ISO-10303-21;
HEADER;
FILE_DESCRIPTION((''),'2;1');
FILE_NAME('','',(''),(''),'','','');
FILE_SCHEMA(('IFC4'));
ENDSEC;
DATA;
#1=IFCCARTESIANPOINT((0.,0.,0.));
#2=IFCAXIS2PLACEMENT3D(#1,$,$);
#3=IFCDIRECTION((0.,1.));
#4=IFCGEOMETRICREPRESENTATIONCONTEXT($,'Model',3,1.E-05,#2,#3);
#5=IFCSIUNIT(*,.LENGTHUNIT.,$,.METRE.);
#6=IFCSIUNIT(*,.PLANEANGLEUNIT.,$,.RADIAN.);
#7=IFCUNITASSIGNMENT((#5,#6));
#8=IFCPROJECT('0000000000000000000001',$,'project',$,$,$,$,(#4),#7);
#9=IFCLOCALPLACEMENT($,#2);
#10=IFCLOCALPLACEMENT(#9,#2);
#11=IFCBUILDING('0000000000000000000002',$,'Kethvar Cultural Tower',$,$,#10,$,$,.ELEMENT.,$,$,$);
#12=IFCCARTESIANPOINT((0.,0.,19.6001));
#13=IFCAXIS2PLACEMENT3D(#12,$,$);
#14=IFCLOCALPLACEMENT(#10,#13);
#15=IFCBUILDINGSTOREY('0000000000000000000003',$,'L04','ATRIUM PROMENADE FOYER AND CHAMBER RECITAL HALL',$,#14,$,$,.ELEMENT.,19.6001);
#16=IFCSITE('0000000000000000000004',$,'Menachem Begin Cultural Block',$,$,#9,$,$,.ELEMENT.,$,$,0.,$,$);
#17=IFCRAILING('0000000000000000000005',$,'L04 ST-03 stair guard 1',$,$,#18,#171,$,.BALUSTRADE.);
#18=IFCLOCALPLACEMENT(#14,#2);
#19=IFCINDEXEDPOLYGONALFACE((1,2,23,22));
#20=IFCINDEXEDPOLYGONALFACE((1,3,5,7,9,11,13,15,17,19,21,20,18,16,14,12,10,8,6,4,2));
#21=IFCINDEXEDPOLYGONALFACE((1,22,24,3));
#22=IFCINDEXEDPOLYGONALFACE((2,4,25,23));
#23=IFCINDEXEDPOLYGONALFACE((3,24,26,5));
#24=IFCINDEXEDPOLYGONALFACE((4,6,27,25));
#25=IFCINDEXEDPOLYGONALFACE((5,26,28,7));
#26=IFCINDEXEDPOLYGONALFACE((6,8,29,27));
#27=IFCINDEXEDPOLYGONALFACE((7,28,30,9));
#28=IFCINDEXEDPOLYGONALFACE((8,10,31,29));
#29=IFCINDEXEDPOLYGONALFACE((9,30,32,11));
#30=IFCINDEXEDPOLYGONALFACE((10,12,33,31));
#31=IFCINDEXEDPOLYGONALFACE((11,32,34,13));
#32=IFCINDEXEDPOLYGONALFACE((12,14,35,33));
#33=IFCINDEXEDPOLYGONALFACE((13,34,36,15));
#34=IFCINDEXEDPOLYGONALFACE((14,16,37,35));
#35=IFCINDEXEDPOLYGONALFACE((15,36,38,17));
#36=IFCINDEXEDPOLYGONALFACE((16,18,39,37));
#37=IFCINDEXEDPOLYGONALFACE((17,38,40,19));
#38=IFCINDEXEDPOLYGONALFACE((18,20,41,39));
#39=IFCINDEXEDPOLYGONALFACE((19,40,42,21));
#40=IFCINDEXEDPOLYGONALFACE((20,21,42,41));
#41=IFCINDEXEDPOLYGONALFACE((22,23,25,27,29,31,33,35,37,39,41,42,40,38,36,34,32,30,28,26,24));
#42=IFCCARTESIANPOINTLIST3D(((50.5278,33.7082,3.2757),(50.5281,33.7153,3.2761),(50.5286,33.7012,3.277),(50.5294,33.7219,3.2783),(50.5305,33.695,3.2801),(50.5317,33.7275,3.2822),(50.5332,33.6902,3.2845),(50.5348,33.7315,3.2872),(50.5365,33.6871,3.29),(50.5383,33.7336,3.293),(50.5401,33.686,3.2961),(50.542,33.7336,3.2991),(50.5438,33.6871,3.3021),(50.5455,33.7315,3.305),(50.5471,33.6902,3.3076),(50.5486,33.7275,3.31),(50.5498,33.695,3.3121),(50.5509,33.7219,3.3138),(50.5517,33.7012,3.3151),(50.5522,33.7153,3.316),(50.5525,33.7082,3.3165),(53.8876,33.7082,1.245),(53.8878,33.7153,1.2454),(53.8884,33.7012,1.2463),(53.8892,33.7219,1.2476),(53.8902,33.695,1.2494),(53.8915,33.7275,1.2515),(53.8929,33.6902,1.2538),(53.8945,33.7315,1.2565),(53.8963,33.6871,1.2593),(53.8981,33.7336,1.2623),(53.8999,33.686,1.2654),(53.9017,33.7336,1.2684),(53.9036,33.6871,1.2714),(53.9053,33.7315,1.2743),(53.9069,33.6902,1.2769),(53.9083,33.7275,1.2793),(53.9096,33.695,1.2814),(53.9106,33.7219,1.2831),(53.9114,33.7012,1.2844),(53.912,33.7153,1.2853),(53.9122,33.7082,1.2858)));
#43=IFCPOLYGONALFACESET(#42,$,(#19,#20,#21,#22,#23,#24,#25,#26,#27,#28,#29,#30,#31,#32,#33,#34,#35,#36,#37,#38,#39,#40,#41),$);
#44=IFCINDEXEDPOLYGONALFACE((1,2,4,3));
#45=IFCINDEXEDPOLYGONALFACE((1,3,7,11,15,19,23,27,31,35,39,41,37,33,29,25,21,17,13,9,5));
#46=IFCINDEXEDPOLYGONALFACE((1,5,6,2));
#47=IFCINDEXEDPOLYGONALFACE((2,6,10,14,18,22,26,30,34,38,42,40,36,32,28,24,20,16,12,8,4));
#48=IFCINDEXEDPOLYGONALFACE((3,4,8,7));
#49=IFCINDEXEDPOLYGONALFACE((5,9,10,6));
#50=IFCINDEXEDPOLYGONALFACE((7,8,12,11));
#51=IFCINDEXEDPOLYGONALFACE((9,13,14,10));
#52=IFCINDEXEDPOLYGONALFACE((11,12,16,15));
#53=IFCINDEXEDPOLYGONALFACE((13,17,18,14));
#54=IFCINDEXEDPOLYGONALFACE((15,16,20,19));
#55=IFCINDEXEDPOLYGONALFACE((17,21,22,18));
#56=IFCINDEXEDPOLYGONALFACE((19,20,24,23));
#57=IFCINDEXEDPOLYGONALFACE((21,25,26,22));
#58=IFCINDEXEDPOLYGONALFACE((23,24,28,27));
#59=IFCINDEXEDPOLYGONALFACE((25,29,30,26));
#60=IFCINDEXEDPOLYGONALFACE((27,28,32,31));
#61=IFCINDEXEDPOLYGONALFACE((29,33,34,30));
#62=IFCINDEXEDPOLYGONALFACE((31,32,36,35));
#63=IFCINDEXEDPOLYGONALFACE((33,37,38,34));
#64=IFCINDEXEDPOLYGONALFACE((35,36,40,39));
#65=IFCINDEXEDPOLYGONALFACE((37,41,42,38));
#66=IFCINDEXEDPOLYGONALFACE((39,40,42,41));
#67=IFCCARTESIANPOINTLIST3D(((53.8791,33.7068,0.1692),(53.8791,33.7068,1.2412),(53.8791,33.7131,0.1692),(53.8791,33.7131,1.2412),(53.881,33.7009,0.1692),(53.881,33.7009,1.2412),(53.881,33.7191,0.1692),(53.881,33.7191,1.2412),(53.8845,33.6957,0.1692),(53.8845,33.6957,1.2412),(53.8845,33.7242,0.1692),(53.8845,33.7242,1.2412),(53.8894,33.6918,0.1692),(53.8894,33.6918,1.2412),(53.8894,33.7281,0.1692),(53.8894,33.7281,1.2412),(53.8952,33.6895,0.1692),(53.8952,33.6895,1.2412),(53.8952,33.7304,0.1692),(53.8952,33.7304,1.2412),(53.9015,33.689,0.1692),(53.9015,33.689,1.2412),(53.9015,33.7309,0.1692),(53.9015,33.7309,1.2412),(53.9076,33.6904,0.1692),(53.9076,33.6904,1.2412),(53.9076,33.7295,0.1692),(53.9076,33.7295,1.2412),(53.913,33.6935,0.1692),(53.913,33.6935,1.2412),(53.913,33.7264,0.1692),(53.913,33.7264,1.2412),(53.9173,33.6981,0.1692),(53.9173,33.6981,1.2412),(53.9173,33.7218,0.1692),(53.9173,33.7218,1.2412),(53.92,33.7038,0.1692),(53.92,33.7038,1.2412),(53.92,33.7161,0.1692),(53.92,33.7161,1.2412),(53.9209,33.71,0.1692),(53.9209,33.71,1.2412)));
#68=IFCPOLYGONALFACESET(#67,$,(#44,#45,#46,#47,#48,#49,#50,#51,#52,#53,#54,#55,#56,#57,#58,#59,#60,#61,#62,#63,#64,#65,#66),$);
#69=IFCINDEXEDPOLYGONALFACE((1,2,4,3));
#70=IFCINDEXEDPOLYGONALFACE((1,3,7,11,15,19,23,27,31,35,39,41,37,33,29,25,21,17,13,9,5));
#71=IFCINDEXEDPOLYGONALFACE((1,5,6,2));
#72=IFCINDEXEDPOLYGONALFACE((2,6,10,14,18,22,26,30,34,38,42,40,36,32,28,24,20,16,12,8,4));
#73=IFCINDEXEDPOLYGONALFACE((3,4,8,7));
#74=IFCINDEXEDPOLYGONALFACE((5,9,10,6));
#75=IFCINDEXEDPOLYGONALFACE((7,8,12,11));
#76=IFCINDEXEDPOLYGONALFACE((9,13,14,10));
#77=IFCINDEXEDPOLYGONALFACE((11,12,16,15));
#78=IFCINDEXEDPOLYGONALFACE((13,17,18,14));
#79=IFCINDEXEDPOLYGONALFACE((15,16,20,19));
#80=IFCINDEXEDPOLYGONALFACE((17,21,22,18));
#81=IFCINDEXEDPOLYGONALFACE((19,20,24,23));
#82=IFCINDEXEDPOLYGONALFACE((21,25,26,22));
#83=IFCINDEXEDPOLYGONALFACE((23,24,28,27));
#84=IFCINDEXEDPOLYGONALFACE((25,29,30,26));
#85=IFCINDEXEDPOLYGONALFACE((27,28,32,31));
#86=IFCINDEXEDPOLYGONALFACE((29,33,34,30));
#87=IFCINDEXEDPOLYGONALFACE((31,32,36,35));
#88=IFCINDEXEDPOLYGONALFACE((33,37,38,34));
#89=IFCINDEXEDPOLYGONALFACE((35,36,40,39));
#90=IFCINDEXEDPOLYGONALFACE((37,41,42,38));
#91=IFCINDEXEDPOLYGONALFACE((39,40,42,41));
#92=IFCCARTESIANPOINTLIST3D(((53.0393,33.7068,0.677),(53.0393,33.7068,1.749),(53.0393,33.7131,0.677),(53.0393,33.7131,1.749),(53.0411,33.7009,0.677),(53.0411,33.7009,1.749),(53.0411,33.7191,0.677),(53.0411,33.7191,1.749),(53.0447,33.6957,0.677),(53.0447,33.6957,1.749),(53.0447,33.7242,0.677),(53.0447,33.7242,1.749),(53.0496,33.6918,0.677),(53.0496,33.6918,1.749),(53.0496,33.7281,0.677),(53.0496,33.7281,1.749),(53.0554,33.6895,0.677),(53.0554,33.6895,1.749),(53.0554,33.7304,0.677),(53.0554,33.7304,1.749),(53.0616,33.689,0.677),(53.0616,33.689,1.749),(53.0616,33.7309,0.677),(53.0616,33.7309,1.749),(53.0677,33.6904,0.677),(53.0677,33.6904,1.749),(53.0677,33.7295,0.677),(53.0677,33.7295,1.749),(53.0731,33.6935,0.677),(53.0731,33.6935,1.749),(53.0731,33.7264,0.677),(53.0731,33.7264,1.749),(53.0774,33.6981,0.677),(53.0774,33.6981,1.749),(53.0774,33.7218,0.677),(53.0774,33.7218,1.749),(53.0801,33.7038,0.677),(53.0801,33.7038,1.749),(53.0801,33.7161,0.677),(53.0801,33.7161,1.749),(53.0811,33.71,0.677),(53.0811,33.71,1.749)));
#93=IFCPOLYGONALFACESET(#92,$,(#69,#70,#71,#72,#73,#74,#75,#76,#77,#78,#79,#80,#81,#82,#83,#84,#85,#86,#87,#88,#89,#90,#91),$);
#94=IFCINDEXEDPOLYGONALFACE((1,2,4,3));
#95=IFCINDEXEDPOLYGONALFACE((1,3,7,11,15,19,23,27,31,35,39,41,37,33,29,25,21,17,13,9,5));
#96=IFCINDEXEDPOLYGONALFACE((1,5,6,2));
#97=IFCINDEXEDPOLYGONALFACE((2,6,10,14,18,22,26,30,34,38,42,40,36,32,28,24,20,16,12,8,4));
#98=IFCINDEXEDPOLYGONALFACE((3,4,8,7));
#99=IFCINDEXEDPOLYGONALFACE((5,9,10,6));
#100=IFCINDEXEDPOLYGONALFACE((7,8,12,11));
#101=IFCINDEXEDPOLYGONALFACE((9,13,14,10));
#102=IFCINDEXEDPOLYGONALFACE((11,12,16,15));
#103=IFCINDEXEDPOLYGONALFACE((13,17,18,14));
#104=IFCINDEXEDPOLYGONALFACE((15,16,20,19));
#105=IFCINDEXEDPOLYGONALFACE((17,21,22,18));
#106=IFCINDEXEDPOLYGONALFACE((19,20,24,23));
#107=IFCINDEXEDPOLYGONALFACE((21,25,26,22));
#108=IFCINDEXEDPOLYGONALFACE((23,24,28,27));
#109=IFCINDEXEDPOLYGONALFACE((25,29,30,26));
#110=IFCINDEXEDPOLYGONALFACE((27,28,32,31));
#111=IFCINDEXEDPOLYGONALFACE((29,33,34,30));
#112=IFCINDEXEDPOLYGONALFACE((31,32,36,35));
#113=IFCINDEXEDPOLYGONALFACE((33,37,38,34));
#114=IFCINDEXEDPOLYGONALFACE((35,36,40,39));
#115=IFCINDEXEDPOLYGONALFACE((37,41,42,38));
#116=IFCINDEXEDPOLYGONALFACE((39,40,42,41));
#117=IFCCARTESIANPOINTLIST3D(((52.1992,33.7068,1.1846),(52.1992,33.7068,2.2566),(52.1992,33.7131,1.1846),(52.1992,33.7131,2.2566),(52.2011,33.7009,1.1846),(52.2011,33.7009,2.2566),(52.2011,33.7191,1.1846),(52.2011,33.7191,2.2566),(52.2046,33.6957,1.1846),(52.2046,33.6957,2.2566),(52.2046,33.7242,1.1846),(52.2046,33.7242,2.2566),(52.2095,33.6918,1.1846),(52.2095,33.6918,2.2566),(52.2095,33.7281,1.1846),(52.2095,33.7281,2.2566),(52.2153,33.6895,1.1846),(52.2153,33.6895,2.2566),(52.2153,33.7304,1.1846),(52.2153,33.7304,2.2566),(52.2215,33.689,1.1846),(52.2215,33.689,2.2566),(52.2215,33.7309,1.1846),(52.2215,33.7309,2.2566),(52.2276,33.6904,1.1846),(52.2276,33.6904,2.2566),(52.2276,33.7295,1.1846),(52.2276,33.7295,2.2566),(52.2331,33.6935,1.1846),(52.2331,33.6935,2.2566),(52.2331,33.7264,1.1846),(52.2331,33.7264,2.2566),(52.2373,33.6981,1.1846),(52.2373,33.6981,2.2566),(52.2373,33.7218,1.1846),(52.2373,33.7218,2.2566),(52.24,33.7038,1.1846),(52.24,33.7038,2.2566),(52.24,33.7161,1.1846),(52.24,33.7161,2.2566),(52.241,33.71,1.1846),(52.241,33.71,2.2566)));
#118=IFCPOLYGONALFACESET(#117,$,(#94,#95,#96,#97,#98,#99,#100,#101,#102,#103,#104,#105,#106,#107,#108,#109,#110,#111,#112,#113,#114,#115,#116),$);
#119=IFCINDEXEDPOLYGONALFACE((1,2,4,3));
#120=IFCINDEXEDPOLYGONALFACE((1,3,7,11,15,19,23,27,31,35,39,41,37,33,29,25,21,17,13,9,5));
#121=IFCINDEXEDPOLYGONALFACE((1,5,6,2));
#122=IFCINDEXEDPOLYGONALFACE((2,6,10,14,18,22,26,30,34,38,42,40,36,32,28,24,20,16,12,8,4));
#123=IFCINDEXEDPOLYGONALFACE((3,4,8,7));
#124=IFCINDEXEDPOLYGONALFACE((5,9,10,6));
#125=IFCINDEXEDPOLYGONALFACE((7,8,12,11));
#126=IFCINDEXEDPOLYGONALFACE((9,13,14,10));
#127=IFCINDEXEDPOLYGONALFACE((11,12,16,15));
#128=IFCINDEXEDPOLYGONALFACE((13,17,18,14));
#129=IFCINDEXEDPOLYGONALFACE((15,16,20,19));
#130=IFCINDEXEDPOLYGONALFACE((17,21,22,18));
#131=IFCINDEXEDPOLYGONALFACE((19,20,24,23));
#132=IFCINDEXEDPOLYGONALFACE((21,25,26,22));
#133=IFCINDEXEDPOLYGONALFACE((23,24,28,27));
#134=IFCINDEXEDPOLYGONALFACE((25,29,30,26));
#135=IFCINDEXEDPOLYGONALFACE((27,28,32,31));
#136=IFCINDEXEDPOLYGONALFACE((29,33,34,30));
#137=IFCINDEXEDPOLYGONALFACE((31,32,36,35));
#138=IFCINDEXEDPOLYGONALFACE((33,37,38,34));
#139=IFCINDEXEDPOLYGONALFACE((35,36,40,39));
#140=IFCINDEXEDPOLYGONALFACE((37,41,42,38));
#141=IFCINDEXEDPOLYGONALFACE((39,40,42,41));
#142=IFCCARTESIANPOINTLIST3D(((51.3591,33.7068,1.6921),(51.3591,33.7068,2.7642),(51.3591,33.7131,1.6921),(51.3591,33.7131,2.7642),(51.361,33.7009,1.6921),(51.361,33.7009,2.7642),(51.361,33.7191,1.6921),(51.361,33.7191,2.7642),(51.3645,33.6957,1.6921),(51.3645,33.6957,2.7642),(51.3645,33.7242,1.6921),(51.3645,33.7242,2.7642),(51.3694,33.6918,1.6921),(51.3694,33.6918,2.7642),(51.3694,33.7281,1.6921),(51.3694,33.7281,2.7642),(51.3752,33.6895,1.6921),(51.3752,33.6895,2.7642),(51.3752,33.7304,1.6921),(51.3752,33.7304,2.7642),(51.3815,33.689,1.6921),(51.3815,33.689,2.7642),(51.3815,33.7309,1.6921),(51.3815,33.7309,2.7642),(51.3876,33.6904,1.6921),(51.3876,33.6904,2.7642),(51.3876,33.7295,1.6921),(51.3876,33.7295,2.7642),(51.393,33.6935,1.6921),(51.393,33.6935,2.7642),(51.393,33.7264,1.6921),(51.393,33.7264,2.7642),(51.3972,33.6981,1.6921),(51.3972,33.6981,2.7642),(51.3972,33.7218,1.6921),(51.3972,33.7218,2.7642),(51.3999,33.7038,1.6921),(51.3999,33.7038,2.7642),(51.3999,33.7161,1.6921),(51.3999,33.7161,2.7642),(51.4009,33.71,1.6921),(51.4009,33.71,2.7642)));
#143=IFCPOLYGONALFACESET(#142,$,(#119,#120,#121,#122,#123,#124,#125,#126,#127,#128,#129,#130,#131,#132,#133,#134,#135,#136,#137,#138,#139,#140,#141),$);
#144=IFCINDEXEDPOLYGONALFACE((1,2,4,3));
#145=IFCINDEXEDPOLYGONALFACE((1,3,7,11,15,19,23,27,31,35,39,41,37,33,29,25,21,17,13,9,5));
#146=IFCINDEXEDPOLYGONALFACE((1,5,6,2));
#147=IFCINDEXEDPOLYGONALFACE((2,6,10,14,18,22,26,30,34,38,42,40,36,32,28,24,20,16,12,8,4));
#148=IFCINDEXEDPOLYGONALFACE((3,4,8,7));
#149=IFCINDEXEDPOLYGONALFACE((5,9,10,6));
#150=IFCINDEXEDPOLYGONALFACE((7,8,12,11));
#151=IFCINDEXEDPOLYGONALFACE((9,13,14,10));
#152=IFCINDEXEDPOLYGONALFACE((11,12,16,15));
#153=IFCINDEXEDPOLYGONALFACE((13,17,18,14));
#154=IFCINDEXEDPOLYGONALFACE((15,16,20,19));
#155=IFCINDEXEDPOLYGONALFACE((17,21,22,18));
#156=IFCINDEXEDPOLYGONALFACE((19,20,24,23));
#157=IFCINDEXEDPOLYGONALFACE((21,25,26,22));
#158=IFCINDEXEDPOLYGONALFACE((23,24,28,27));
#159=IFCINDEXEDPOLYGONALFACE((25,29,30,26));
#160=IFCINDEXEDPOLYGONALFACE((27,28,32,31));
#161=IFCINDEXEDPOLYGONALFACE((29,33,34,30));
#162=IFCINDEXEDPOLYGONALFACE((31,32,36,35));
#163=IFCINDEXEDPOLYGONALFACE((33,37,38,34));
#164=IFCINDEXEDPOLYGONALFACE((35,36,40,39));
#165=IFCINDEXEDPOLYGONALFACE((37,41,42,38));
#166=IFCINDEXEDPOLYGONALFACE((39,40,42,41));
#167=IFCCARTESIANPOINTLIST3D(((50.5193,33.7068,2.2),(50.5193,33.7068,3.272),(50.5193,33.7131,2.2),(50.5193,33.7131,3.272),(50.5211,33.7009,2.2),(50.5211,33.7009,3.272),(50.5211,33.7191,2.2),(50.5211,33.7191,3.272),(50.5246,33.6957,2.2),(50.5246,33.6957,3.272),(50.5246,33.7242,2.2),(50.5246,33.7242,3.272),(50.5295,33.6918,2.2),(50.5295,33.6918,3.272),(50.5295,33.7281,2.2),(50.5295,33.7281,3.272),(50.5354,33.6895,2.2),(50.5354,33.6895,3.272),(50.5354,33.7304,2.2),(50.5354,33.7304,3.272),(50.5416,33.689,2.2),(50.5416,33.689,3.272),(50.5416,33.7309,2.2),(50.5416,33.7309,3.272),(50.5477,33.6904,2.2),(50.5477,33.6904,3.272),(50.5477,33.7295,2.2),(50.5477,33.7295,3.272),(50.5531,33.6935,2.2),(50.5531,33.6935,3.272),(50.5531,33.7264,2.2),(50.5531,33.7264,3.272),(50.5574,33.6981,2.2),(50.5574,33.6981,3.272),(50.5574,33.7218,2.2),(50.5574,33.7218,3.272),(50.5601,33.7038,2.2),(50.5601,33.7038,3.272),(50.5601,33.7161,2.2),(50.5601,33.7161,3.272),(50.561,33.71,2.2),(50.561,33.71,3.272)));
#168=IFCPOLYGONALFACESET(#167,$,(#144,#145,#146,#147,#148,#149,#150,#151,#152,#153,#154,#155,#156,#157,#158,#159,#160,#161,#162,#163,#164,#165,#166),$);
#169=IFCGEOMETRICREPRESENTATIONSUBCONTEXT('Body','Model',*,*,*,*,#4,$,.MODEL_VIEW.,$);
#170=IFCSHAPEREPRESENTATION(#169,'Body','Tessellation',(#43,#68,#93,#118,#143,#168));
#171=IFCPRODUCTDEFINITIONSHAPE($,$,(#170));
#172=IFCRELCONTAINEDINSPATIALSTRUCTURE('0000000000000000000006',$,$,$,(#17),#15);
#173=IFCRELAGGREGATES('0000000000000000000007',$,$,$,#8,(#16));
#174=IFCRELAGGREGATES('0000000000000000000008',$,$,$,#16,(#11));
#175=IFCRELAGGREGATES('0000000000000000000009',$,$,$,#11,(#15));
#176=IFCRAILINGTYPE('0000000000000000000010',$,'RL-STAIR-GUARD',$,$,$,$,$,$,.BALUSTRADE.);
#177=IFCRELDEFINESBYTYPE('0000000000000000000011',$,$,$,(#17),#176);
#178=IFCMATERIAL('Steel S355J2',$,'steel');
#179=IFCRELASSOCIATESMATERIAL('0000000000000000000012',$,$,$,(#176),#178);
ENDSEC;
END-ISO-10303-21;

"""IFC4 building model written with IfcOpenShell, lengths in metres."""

from ifc_helpers import new_model, si_unit, direction, frame, origin, origin_2d, place, context, subcontext, project, spatial, circle, extrude, material, type_object, element, save


model = new_model("IFC4")

# Units and contexts
model_context = context("Model", 3, precision=1e-05, world=origin(), true_north=direction((0.0, 1.0)))
body_context = subcontext(model_context, "Body", "Model", "MODEL_VIEW")
ifc_project = project(units=[si_unit("LENGTHUNIT", "METRE"), si_unit("PLANEANGLEUNIT", "RADIAN")], contexts=[model_context])

# Site, building, storey
site_placement = place(None, origin())
site = spatial("IfcSite", under=ifc_project, at=site_placement, Name="Menachem Begin Cultural Block", CompositionType="ELEMENT", RefElevation=0.0)
building_placement = place(site_placement, origin())
building = spatial("IfcBuilding", under=site, at=building_placement, Name="Kethvar Cultural Tower", CompositionType="ELEMENT")
storey_placement = place(building_placement, frame((0.0, 0.0, 19.6001)))
storey = spatial("IfcBuildingStorey", under=building, at=storey_placement, Name="L04", Description="ATRIUM PROMENADE FOYER AND CHAMBER RECITAL HALL", CompositionType="ELEMENT", Elevation=19.6001)

# Shared definitions
ifc_material_1 = material(Name="Steel S355J2", Category="steel")

# Railing
railing_type_1 = type_object("IfcRailingType", Name="RL-STAIR-GUARD", PredefinedType="BALUSTRADE", material=ifc_material_1)
railing_1_placement = place(storey_placement, frame((53.8999, 33.71, 0.1692)))
element("IfcRailing", 1, at=railing_1_placement, inside=storey, type_object=railing_type_1, Name="L04 ST-03 stair guard 1", PredefinedType="BALUSTRADE", context=body_context, shape_type="SweptSolid", body=[
    extrude(circle(Radius=0.0239, at=origin_2d()), frame((0.0, 0.0, 1.0962), z_axis=(-0.85582, 0.0, 0.517273), x_axis=(0.0, -1.0, 0.0)), (0.0, 0.0, 1.0), 3.9258),
    extrude(circle(Radius=0.021, at=origin_2d()), origin(), (0.0, 0.0, 1.0), 1.072),
    extrude(circle(Radius=0.021, at=origin_2d()), frame((-0.8398, 0.0, 0.5078)), (0.0, 0.0, 1.0), 1.072),
    extrude(circle(Radius=0.021, at=origin_2d()), frame((-1.6799, 0.0, 1.0154)), (0.0, 0.0, 1.0), 1.072),
    extrude(circle(Radius=0.021, at=origin_2d()), frame((-2.52, 0.0, 1.5229)), (0.0, 0.0, 1.0), 1.072),
    extrude(circle(Radius=0.021, at=origin_2d()), frame((-3.3599, 0.0, 2.0308)), (0.0, 0.0, 1.0), 1.072),
])

save(model, "model.ifc")
